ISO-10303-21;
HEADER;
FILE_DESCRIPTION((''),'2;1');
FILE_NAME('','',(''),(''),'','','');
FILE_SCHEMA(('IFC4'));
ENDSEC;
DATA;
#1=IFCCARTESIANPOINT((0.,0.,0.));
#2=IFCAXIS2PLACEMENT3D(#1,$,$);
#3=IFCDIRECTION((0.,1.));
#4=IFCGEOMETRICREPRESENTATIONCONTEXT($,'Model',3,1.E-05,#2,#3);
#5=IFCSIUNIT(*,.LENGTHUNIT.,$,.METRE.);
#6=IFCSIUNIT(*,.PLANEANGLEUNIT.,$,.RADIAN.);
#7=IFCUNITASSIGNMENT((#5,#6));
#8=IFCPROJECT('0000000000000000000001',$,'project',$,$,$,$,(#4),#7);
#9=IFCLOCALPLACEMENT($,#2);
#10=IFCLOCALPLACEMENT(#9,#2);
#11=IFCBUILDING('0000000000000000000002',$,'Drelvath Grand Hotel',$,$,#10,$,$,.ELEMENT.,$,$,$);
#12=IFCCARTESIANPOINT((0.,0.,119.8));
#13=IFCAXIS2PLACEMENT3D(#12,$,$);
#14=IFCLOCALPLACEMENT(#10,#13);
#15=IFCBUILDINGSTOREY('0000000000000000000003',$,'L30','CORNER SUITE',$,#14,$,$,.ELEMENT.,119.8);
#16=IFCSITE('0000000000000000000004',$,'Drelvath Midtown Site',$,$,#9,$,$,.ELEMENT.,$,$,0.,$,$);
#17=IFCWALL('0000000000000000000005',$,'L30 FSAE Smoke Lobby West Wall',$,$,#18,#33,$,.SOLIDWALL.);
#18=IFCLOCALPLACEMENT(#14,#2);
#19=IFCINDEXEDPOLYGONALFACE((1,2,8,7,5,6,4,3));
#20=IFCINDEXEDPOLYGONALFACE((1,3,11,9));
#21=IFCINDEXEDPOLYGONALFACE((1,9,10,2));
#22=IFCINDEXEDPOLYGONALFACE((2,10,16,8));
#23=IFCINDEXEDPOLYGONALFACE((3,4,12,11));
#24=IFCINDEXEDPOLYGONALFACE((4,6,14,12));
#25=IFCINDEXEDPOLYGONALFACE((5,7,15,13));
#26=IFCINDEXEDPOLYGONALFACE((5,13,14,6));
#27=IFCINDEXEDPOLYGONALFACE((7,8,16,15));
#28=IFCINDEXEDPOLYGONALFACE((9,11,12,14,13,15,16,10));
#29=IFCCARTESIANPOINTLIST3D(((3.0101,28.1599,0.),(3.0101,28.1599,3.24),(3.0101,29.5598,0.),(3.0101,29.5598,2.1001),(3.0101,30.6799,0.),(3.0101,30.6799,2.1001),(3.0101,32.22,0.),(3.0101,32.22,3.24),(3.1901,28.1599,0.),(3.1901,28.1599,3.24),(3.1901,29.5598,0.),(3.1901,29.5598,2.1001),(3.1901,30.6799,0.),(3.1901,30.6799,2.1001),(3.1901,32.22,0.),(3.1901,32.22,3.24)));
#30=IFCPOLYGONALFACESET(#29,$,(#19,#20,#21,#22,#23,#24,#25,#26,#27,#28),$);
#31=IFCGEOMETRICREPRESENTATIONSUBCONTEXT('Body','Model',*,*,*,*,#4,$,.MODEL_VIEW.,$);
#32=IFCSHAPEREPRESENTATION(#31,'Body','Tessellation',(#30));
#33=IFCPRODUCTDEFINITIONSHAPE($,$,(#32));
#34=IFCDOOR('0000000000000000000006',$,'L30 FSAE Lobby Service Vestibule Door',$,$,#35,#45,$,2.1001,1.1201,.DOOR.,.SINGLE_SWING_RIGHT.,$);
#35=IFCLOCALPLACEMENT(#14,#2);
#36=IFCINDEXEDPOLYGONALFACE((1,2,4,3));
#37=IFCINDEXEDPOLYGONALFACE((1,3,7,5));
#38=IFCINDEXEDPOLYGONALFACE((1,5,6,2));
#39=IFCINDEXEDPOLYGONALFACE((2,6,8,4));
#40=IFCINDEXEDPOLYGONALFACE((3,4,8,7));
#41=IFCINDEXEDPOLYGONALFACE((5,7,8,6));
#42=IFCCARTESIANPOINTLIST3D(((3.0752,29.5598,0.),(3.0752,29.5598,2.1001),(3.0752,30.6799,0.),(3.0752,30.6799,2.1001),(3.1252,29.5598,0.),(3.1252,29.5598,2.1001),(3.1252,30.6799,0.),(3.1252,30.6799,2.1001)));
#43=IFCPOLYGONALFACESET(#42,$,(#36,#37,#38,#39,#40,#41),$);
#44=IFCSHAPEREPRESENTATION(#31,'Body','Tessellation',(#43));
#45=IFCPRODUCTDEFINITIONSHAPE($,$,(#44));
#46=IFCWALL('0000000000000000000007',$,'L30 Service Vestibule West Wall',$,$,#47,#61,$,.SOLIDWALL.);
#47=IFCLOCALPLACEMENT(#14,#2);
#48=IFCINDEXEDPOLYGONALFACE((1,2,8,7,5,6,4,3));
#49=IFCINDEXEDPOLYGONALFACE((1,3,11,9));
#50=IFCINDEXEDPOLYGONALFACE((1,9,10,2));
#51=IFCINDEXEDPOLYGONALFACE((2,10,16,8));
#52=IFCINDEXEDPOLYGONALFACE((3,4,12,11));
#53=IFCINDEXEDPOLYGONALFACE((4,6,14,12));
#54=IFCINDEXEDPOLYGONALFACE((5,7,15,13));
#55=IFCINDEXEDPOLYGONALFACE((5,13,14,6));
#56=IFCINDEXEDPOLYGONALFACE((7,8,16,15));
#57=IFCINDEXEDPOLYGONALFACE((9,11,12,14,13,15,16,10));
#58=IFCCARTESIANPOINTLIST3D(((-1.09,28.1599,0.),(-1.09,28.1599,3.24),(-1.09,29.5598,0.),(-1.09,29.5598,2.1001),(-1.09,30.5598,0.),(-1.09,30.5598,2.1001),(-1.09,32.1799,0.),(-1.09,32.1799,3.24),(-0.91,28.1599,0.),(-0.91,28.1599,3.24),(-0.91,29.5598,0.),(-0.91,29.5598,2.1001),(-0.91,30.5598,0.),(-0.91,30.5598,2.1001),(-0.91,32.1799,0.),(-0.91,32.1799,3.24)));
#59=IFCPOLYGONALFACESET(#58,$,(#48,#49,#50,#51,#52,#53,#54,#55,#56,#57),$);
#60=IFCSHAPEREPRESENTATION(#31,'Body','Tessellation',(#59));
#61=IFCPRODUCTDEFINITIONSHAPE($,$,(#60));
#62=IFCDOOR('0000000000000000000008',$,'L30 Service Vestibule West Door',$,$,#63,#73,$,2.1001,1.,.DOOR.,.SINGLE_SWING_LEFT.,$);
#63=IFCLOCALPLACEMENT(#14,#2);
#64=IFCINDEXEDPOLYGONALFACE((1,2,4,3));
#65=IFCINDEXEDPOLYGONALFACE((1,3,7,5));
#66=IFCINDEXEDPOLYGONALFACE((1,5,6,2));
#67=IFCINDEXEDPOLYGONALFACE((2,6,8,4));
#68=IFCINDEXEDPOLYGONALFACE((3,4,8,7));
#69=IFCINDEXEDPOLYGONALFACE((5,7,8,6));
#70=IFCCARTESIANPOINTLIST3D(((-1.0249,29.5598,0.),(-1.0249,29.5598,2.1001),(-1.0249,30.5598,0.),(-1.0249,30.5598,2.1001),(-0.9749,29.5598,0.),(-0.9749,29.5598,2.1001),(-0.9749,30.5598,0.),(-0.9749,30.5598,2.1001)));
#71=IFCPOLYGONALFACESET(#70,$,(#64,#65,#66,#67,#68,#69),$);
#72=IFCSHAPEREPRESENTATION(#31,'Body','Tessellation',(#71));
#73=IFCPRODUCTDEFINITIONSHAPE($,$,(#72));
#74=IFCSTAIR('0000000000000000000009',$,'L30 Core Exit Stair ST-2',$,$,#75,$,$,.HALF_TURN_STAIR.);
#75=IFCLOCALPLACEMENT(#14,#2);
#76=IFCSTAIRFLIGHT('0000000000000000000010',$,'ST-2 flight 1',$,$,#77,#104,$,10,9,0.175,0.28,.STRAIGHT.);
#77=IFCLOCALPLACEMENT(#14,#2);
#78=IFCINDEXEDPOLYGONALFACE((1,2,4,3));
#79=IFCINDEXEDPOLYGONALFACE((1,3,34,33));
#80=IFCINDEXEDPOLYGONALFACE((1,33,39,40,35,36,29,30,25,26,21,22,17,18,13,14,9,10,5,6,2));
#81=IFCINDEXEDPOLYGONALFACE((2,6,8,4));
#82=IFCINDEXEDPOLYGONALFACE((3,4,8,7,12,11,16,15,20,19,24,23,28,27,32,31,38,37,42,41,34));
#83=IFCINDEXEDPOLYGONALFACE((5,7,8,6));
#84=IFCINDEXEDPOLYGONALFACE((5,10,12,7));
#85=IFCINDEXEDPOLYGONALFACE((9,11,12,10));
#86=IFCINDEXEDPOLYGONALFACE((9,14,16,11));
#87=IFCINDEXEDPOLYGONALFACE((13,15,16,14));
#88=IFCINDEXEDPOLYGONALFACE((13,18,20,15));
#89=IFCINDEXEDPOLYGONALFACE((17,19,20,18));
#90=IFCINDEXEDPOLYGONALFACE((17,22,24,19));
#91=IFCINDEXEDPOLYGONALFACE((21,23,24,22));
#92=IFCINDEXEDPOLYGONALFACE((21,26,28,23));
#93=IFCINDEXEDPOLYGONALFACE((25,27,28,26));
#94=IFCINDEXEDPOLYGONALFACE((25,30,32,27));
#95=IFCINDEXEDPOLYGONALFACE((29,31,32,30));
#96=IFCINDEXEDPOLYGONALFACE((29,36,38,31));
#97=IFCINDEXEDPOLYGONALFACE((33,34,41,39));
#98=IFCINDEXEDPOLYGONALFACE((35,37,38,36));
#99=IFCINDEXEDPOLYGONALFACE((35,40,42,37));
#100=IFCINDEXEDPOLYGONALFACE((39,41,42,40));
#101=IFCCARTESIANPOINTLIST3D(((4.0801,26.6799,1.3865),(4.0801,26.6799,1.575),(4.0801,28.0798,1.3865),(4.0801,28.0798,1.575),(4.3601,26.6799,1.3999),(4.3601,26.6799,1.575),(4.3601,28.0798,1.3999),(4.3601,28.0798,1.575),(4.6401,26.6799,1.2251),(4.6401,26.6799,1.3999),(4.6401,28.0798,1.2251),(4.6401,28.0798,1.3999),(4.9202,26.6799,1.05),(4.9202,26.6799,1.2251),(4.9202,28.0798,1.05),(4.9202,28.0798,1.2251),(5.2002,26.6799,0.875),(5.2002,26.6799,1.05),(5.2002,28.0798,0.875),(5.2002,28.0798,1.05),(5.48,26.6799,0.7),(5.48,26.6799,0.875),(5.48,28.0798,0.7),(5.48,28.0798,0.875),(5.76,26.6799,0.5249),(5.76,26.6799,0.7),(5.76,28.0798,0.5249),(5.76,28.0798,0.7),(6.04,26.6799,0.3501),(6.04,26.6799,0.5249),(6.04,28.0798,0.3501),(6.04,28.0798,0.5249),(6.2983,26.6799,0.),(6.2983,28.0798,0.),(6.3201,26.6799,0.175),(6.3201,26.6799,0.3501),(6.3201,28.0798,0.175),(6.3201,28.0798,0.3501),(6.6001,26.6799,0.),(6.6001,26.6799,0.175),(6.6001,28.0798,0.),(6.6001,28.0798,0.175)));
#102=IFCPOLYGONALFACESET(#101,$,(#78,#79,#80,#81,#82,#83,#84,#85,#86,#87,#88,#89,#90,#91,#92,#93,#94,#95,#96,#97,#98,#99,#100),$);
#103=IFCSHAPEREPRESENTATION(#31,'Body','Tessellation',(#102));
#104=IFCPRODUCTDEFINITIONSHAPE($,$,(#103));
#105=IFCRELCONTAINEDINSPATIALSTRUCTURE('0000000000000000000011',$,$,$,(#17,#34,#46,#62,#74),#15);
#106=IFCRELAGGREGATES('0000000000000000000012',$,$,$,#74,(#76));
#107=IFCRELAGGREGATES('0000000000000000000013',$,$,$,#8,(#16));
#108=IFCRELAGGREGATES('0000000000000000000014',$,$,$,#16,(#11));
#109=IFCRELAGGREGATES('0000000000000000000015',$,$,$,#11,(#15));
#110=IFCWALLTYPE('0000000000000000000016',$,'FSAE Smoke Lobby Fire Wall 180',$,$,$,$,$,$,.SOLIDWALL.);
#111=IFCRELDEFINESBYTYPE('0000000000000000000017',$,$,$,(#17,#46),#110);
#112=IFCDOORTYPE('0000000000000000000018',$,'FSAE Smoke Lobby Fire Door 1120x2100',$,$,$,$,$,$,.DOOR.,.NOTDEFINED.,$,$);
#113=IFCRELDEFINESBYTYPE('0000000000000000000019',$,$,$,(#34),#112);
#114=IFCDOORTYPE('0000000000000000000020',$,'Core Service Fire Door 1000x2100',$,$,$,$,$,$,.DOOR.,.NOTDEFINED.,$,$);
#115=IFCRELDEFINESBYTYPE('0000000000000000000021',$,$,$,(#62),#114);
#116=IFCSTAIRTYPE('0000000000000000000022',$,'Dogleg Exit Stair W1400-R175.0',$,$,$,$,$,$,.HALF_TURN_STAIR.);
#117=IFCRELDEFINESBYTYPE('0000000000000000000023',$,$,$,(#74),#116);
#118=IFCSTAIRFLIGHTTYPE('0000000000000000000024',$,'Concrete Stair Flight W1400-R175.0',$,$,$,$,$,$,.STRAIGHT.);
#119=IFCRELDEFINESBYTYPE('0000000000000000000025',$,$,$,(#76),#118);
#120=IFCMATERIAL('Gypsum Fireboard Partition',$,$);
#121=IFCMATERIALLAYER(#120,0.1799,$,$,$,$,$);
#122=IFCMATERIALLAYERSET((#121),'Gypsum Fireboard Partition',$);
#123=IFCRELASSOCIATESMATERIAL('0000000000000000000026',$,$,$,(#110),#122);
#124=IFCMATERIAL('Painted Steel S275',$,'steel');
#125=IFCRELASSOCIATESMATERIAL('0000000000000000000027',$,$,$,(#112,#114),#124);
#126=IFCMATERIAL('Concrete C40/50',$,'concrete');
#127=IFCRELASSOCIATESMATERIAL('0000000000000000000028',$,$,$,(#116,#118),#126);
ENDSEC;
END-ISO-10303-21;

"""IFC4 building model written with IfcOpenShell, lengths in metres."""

from ifc_helpers import new_model, si_unit, direction, frame, frame_2d, origin, place, context, subcontext, project, spatial, polyline, rectangle, outline, extrude, material, layer, layer_set, type_object, element, fill, aggregate, save


model = new_model("IFC4")

# Units and contexts
model_context = context("Model", 3, precision=1e-05, world=origin(), true_north=direction((0.0, 1.0)))
body_context = subcontext(model_context, "Body", "Model", "MODEL_VIEW")
ifc_project = project(units=[si_unit("LENGTHUNIT", "METRE"), si_unit("PLANEANGLEUNIT", "RADIAN")], contexts=[model_context])

# Site, building, storey
site_placement = place(None, origin())
site = spatial("IfcSite", under=ifc_project, at=site_placement, Name="Drelvath Midtown Site", CompositionType="ELEMENT", RefElevation=0.0)
building_placement = place(site_placement, origin())
building = spatial("IfcBuilding", under=site, at=building_placement, Name="Drelvath Grand Hotel", CompositionType="ELEMENT")
storey_placement = place(building_placement, frame((0.0, 0.0, 119.8)))
storey = spatial("IfcBuildingStorey", under=building, at=storey_placement, Name="L30", Description="CORNER SUITE", CompositionType="ELEMENT", Elevation=119.8)

# Shared definitions
ifc_material_1 = material(Name="Concrete C40/50", Category="concrete")

# Shared definitions
ifc_material_2 = material(Name="Painted Steel S275", Category="steel")

# Shared definitions
ifc_material_3 = material(Name="Gypsum Fireboard Partition")

# Walls, openings, doors
ifc_layer_1 = layer(ifc_material_3, 0.1799)
ifc_layer_set_1 = layer_set([ifc_layer_1], Name="Gypsum Fireboard Partition")
wall_type_1 = type_object("IfcWallType", Name="FSAE Smoke Lobby Fire Wall 180", PredefinedType="SOLIDWALL", material=ifc_layer_set_1)
wall_1_placement = place(storey_placement, frame((3.1001, 28.1599, 0.0), z_axis=(0.0, 0.0, 1.0), x_axis=(0.0, 1.0, 0.0)))
wall_1 = element("IfcWall", 1, at=wall_1_placement, inside=storey, type_object=wall_type_1, Name="L30 FSAE Smoke Lobby West Wall", PredefinedType="SOLIDWALL", context=body_context, shape_type="SweptSolid", body=[
    extrude(rectangle(XDim=4.0601, YDim=0.1799, at=frame_2d((2.03, 0.0))), origin(), (0.0, 0.0, 1.0), 3.24),
])
opening_1_placement = place(wall_1_placement, frame((1.3999, 0.0, 0.0)))
opening_1 = element("IfcOpeningElement", 2, at=opening_1_placement, cuts=wall_1, PredefinedType="OPENING", context=body_context, shape_type="SweptSolid", body=[
    extrude(rectangle(XDim=1.1201, YDim=2.1001, at=frame_2d((0.5601, 1.05))), frame((0.0, 0.0999, 0.0), z_axis=(0.0, -1.0, 0.0), x_axis=(1.0, 0.0, 0.0)), (0.0, 0.0, 1.0), 0.2),
])
door_type_1 = type_object("IfcDoorType", Name="FSAE Smoke Lobby Fire Door 1120x2100", OperationType="NOTDEFINED", PredefinedType="DOOR", material=ifc_material_2)
door_1_placement = place(opening_1_placement, origin())
door_1 = element("IfcDoor", 3, at=door_1_placement, inside=storey, type_object=door_type_1, Name="L30 FSAE Lobby Service Vestibule Door", OperationType="SINGLE_SWING_RIGHT", OverallHeight=2.1001, OverallWidth=1.1201, PredefinedType="DOOR", context=body_context, shape_type="SweptSolid", body=[
    extrude(rectangle(XDim=1.1201, YDim=2.1001, at=frame_2d((0.5601, 1.05))), frame((0.0, 0.0249, 0.0), z_axis=(0.0, -1.0, 0.0), x_axis=(1.0, 0.0, 0.0)), (0.0, 0.0, 1.0), 0.05),
])
fill(opening_1, door_1)
wall_2_placement = place(storey_placement, frame((-1.0, 28.1599, 0.0), z_axis=(0.0, 0.0, 1.0), x_axis=(0.0, 1.0, 0.0)))
wall_2 = element("IfcWall", 4, at=wall_2_placement, inside=storey, type_object=wall_type_1, Name="L30 Service Vestibule West Wall", PredefinedType="SOLIDWALL", context=body_context, shape_type="SweptSolid", body=[
    extrude(rectangle(XDim=4.02, YDim=0.1799, at=frame_2d((2.01, 0.0))), origin(), (0.0, 0.0, 1.0), 3.24),
])
opening_2_placement = place(wall_2_placement, frame((1.3999, 0.0, 0.0)))
opening_2 = element("IfcOpeningElement", 5, at=opening_2_placement, cuts=wall_2, PredefinedType="OPENING", context=body_context, shape_type="SweptSolid", body=[
    extrude(rectangle(XDim=1.0, YDim=2.1001, at=frame_2d((0.5, 1.05))), frame((0.0, 0.0999, 0.0), z_axis=(0.0, -1.0, 0.0), x_axis=(1.0, 0.0, 0.0)), (0.0, 0.0, 1.0), 0.2),
])
door_type_2 = type_object("IfcDoorType", Name="Core Service Fire Door 1000x2100", OperationType="NOTDEFINED", PredefinedType="DOOR", material=ifc_material_2)
door_2_placement = place(opening_2_placement, origin())
door_2 = element("IfcDoor", 6, at=door_2_placement, inside=storey, type_object=door_type_2, Name="L30 Service Vestibule West Door", OperationType="SINGLE_SWING_LEFT", OverallHeight=2.1001, OverallWidth=1.0, PredefinedType="DOOR", context=body_context, shape_type="SweptSolid", body=[
    extrude(rectangle(XDim=1.0, YDim=2.1001, at=frame_2d((0.5, 1.05))), frame((0.0, 0.0249, 0.0), z_axis=(0.0, -1.0, 0.0), x_axis=(1.0, 0.0, 0.0)), (0.0, 0.0, 1.0), 0.05),
])
fill(opening_2, door_2)

# Stair, stair flight
stair_type = type_object("IfcStairType", Name="Dogleg Exit Stair W1400-R175.0", PredefinedType="HALF_TURN_STAIR", material=ifc_material_1)
stair_placement = place(storey_placement, origin())
stair = element("IfcStair", 7, at=stair_placement, inside=storey, type_object=stair_type, Name="L30 Core Exit Stair ST-2", PredefinedType="HALF_TURN_STAIR")
stair_flight_type = type_object("IfcStairFlightType", Name="Concrete Stair Flight W1400-R175.0", PredefinedType="STRAIGHT", material=ifc_material_1)
stair_flight_placement = place(storey_placement, frame((6.6001, 27.3799, 0.0), z_axis=(0.0, 0.0, 1.0), x_axis=(-1.0, 0.0, 0.0)))
stair_flight = element("IfcStairFlight", 8, at=stair_flight_placement, type_object=stair_flight_type, Name="ST-2 flight 1", NumberOfRisers=10, NumberOfTreads=9, PredefinedType="STRAIGHT", RiserHeight=0.175, TreadLength=0.28, context=body_context, shape_type="SweptSolid", body=[
    extrude(outline(polyline([(0.0, 0.0), (0.0, 0.175), (0.28, 0.175), (0.28, 0.3501), (0.5601, 0.3501), (0.5601, 0.5249), (0.8401, 0.5249), (0.8401, 0.7), (1.1201, 0.7), (1.1201, 0.875), (1.3999, 0.875), (1.3999, 1.05), (1.6799, 1.05), (1.6799, 1.2251), (1.96, 1.2251), (1.96, 1.3999), (2.24, 1.3999), (2.24, 1.575), (2.52, 1.575), (2.52, 1.75), (2.52, 1.3865), (0.3018, 0.0), (0.0, 0.0)])), frame((0.0, 0.7, 0.0), z_axis=(0.0, -1.0, 0.0), x_axis=(1.0, 0.0, 0.0)), (0.0, 0.0, 1.0), 1.3999),
])
aggregate(stair, [stair_flight])

save(model, "model.ifc")
